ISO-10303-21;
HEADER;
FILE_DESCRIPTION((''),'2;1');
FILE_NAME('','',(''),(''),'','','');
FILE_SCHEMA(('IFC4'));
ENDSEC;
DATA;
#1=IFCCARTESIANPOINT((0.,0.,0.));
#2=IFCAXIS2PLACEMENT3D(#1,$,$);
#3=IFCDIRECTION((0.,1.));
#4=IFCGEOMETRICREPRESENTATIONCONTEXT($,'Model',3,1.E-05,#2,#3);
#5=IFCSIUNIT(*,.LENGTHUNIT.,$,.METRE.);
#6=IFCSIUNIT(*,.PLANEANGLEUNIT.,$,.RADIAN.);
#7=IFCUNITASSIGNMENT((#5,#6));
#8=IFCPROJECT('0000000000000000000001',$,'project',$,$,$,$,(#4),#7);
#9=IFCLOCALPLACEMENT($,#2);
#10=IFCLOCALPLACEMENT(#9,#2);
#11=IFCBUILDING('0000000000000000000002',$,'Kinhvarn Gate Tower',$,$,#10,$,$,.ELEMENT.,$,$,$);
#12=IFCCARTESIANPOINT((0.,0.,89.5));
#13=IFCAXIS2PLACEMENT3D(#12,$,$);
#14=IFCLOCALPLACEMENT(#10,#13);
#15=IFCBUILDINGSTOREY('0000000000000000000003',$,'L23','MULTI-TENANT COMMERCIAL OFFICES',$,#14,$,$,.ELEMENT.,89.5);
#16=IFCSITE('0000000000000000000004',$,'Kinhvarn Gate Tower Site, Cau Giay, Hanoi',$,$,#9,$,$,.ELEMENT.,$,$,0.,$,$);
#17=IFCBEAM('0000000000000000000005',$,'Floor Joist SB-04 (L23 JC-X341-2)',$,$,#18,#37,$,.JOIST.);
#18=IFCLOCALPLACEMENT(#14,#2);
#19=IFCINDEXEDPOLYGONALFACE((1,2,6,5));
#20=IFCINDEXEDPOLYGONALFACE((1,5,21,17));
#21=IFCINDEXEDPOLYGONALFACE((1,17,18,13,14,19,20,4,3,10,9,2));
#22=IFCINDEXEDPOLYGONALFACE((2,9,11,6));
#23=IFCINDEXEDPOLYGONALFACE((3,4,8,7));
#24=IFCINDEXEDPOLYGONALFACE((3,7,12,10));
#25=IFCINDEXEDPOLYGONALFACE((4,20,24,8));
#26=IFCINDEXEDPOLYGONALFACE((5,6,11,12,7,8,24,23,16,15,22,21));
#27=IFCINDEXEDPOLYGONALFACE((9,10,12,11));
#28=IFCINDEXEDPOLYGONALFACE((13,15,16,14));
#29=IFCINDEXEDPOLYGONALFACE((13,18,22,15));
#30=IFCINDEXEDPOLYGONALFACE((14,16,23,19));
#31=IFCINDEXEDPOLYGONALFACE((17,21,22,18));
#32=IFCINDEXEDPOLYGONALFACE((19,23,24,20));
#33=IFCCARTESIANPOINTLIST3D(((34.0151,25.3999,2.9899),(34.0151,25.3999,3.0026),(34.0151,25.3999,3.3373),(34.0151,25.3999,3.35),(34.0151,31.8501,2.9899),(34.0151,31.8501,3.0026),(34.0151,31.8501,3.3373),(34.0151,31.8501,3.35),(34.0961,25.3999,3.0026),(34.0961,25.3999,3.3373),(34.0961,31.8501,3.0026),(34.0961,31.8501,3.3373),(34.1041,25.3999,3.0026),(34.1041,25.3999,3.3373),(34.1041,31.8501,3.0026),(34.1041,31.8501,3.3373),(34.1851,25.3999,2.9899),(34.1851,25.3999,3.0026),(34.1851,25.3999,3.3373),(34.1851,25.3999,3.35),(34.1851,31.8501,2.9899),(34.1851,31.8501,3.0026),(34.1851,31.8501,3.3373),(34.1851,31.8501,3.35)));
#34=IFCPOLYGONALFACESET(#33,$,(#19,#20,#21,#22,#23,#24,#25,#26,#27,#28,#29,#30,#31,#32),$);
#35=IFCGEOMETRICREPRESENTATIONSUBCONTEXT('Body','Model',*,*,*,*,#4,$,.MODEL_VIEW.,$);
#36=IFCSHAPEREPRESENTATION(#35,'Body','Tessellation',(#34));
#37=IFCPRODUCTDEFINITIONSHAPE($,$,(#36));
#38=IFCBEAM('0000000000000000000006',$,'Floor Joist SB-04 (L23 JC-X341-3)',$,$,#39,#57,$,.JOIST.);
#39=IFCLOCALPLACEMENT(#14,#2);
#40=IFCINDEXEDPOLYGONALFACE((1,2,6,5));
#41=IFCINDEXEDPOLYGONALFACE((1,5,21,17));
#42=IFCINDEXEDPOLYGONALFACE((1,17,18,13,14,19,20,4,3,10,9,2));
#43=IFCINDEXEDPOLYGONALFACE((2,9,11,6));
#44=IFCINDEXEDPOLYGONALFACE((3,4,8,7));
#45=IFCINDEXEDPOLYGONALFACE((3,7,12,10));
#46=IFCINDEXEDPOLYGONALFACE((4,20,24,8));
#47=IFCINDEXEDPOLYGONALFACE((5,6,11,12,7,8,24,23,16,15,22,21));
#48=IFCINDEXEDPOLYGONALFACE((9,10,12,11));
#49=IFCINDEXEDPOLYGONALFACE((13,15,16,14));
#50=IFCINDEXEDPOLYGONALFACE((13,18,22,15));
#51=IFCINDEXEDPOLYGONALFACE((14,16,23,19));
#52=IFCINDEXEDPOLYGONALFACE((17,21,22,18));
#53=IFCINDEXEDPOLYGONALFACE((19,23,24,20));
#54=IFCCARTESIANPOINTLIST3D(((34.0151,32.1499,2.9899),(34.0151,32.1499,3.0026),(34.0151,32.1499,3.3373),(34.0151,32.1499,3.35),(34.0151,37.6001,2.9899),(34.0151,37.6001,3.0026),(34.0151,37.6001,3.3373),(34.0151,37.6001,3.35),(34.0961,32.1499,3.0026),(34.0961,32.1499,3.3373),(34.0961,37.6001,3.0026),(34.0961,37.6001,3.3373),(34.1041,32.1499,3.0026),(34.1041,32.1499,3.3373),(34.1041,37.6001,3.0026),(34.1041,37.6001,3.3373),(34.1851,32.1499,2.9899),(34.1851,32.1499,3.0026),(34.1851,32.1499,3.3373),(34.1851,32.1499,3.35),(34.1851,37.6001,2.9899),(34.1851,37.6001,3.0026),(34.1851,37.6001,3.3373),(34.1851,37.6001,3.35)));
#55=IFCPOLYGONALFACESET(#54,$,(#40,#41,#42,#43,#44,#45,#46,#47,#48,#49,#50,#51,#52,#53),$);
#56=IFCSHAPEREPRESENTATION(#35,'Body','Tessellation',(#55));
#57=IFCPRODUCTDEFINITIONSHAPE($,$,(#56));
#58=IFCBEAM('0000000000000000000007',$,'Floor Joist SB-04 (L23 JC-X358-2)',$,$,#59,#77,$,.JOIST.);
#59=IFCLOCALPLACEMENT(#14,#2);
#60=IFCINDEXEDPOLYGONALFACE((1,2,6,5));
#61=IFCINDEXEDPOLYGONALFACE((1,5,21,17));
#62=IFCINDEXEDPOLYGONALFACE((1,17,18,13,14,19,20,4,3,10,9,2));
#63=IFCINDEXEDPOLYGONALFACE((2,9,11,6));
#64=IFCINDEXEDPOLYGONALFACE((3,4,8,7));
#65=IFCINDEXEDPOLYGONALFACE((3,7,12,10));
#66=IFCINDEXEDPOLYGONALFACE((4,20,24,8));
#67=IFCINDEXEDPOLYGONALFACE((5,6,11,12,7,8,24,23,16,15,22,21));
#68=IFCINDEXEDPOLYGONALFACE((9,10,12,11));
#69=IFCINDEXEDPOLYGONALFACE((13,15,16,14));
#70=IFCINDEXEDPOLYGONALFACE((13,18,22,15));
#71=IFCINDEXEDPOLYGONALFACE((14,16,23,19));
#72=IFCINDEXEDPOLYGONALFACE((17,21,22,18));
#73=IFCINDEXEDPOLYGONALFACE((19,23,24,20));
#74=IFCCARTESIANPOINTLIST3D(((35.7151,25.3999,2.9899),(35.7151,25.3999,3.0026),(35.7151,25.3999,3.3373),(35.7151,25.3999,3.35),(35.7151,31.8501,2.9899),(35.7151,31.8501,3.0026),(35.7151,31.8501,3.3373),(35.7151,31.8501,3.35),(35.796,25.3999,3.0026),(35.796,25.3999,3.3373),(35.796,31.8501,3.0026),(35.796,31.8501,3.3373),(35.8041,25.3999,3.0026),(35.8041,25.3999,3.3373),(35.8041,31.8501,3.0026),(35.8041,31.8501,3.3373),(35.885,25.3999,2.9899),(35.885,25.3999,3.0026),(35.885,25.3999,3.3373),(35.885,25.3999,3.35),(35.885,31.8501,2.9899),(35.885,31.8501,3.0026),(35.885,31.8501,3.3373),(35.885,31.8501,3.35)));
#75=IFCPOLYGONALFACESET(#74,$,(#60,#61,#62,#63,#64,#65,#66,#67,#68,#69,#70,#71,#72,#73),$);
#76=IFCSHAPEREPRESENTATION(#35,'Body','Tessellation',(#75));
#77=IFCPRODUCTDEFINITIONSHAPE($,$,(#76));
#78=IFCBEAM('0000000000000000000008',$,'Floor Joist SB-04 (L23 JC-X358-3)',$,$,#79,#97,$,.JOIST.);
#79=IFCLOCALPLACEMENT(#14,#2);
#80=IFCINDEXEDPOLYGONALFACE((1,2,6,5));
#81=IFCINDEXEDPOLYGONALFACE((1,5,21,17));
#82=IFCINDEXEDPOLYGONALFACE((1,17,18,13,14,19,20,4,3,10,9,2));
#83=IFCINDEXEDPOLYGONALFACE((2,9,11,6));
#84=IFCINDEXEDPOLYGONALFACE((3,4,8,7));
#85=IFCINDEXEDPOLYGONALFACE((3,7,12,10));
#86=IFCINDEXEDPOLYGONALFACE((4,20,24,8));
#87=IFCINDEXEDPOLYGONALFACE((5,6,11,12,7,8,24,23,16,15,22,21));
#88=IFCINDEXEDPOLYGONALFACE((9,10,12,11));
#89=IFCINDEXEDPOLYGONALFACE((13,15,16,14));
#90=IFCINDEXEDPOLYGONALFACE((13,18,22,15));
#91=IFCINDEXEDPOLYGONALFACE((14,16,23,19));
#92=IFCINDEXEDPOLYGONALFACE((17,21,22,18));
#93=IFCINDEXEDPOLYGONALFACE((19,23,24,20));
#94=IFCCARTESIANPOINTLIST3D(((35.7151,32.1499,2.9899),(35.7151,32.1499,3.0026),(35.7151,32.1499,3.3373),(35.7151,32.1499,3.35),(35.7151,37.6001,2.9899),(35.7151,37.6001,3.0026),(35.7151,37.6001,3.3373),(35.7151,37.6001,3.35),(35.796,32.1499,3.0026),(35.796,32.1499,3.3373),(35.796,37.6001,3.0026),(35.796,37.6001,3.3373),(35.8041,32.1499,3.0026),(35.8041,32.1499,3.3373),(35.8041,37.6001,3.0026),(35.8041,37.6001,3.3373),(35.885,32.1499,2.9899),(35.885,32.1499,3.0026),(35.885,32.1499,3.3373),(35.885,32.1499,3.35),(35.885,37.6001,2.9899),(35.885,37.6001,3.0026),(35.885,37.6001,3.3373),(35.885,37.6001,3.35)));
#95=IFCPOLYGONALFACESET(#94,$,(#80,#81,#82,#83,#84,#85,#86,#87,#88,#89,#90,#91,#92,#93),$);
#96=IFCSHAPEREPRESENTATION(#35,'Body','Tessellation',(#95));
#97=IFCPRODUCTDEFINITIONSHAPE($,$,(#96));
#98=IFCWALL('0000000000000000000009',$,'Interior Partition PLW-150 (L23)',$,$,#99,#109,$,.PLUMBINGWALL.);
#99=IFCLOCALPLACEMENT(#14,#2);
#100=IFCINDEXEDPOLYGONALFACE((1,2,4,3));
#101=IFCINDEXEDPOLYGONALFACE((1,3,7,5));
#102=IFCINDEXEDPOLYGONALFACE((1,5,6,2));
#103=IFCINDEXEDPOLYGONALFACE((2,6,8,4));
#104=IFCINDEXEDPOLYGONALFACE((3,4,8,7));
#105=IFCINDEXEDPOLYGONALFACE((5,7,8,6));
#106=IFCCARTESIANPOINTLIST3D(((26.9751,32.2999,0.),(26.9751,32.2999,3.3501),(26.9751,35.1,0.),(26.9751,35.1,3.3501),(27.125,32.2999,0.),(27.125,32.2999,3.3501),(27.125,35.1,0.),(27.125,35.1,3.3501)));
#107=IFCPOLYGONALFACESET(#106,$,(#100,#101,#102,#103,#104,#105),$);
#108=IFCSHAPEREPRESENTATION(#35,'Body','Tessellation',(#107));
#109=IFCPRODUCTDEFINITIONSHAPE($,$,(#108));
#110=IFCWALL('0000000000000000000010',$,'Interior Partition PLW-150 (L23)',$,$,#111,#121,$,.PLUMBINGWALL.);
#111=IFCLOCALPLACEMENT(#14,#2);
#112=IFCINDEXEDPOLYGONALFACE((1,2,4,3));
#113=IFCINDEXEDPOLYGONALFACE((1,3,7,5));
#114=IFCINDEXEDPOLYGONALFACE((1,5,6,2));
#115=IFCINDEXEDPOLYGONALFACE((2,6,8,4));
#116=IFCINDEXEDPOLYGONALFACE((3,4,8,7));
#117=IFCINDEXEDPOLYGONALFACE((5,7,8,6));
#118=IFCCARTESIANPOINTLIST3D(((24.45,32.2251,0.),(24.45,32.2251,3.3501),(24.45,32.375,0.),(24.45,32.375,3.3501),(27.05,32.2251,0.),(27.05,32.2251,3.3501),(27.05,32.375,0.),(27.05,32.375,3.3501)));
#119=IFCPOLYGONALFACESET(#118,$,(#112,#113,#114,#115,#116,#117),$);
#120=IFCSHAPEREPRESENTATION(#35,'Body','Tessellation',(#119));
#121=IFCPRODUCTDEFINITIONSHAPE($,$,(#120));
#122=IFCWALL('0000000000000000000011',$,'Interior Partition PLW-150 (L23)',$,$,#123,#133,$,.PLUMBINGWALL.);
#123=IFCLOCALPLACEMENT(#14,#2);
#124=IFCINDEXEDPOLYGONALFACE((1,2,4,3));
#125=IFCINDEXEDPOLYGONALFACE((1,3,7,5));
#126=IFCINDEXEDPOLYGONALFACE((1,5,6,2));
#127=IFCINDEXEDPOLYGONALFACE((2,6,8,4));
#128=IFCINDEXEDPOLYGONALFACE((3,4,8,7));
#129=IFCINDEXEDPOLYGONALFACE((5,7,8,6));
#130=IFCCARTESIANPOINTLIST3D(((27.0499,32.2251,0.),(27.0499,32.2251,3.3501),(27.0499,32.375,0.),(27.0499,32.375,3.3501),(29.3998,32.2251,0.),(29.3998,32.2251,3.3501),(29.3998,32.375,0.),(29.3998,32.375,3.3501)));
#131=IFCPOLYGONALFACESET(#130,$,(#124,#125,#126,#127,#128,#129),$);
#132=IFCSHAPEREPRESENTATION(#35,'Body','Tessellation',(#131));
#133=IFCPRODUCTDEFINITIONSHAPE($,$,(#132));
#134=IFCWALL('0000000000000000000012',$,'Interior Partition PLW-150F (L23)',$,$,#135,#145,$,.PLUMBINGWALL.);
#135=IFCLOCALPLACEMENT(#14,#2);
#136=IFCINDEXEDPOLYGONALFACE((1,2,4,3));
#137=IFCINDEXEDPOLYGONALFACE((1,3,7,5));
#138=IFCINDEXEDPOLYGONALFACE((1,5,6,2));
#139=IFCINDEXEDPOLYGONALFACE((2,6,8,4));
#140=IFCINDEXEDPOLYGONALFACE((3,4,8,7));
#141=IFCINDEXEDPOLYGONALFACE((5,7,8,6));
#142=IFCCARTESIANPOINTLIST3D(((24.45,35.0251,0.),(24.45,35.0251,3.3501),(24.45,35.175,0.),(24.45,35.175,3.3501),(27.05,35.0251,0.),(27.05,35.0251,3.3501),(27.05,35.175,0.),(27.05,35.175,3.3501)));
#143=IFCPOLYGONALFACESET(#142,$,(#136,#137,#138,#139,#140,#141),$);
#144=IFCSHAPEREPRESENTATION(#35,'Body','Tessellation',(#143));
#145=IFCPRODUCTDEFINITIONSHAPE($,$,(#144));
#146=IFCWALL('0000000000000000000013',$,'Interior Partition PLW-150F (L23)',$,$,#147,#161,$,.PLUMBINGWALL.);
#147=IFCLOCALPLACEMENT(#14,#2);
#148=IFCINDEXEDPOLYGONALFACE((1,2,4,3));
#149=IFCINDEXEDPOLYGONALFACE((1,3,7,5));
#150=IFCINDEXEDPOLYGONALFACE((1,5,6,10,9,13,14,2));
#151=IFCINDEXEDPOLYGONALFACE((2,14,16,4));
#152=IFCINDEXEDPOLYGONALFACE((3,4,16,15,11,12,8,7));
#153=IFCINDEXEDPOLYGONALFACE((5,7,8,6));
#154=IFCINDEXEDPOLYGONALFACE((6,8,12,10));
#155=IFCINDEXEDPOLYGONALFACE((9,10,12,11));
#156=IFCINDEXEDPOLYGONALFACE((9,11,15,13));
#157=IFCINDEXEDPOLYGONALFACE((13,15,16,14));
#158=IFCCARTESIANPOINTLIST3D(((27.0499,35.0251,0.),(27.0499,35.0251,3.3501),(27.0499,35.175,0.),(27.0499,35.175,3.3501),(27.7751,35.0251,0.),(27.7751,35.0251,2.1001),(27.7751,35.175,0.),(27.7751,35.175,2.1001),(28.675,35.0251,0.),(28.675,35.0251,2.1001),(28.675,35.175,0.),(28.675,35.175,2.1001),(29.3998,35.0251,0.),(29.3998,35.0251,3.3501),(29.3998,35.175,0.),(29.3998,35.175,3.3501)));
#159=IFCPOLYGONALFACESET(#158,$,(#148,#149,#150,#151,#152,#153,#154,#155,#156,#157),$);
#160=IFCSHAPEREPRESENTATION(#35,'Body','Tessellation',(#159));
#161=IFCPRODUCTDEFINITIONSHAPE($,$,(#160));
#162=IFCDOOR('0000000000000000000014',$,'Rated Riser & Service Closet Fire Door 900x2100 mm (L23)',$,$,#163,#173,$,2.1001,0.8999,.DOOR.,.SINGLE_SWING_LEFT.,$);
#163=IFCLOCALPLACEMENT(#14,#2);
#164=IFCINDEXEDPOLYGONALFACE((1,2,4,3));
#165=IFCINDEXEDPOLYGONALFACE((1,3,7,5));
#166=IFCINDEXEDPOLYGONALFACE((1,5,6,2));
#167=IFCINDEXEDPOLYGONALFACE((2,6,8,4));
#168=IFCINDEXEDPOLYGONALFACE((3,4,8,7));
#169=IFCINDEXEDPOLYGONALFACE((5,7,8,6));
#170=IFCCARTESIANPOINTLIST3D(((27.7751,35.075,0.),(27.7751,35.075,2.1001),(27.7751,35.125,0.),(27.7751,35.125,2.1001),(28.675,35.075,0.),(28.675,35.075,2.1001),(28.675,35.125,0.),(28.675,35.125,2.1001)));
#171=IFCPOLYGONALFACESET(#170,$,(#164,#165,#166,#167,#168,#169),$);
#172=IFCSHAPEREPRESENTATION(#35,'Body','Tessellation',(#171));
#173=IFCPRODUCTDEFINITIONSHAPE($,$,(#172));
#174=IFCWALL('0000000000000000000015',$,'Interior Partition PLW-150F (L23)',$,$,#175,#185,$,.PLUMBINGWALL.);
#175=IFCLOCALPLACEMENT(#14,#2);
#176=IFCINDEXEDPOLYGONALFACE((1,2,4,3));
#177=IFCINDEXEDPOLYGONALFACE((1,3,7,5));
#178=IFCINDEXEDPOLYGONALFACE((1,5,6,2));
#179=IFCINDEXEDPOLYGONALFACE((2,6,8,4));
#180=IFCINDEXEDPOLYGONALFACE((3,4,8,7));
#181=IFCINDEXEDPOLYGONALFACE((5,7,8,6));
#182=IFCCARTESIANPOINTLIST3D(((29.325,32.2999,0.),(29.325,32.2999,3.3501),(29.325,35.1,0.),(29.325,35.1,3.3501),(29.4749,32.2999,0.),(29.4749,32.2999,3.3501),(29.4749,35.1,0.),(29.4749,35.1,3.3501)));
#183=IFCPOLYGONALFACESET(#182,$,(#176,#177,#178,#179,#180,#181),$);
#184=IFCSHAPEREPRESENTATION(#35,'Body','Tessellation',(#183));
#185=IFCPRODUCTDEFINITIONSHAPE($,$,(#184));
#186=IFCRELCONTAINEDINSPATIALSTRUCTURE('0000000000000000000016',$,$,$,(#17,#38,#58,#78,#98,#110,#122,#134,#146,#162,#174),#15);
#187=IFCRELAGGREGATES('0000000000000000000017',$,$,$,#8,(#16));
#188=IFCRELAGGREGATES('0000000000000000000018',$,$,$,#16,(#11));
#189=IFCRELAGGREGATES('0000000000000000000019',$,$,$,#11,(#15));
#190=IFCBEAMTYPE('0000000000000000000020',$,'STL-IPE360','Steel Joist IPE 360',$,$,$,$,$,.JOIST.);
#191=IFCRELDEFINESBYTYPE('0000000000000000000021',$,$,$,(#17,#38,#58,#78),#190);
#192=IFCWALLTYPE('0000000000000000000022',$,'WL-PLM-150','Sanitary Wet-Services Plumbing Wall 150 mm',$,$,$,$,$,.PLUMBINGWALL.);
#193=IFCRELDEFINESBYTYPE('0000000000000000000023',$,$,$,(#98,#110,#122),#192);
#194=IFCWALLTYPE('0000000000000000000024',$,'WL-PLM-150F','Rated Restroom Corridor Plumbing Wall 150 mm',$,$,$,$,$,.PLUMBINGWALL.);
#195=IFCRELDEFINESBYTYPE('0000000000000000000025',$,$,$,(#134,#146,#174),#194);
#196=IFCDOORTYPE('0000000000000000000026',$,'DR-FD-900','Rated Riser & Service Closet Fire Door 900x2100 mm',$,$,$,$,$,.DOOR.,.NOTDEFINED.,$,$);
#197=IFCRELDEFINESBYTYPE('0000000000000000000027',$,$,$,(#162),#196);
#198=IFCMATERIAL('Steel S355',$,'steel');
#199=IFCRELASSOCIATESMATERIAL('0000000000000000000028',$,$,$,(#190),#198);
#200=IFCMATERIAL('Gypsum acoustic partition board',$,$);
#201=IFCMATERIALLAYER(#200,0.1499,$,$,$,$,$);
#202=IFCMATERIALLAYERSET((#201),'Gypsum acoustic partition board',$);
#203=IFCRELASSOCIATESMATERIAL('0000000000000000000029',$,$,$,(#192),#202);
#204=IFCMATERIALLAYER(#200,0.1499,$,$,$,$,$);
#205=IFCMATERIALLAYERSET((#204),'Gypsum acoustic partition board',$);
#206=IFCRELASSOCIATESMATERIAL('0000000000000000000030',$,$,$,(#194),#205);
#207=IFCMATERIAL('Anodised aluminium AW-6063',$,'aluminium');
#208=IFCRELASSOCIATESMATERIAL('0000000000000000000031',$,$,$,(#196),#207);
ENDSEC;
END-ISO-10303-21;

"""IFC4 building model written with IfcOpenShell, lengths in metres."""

from ifc_helpers import new_model, si_unit, direction, frame, frame_2d, origin, origin_2d, place, context, subcontext, project, spatial, rectangle, i_section, extrude, material, layer, layer_set, material_profile, profile_set, type_object, element, fill, save


model = new_model("IFC4")

# Units and contexts
model_context = context("Model", 3, precision=1e-05, world=origin(), true_north=direction((0.0, 1.0)))
body_context = subcontext(model_context, "Body", "Model", "MODEL_VIEW")
ifc_project = project(units=[si_unit("LENGTHUNIT", "METRE"), si_unit("PLANEANGLEUNIT", "RADIAN")], contexts=[model_context])

# Site, building, storey
site_placement = place(None, origin())
site = spatial("IfcSite", under=ifc_project, at=site_placement, Name="Kinhvarn Gate Tower Site, Cau Giay, Hanoi", CompositionType="ELEMENT", RefElevation=0.0)
building_placement = place(site_placement, origin())
building = spatial("IfcBuilding", under=site, at=building_placement, Name="Kinhvarn Gate Tower", CompositionType="ELEMENT")
storey_placement = place(building_placement, frame((0.0, 0.0, 89.5)))
storey = spatial("IfcBuildingStorey", under=building, at=storey_placement, Name="L23", Description="MULTI-TENANT COMMERCIAL OFFICES", CompositionType="ELEMENT", Elevation=89.5)

# Beams
ifc_material_1 = material(Name="Steel S355", Category="steel")
ifc_material_profile_1 = material_profile(ifc_material_1, i_section(OverallWidth=0.1699, OverallDepth=0.3601, WebThickness=0.0081, FlangeThickness=0.0127, at=origin_2d()), Name="IPE 360")
ifc_profile_set_1 = profile_set([ifc_material_profile_1], Name="Steel S355")
beam_type = type_object("IfcBeamType", Name="STL-IPE360", Description="Steel Joist IPE 360", PredefinedType="JOIST", material=ifc_profile_set_1)
beam_1_placement = place(storey_placement, frame((34.1001, 25.3999, 3.1699), z_axis=(0.0, 1.0, 0.0), x_axis=(-1.0, 0.0, 0.0)))
element("IfcBeam", 1, at=beam_1_placement, inside=storey, type_object=beam_type, Name="Floor Joist SB-04 (L23 JC-X341-2)", PredefinedType="JOIST", context=body_context, shape_type="SweptSolid", body=[
    extrude(i_section(OverallWidth=0.1699, OverallDepth=0.3601, WebThickness=0.0081, FlangeThickness=0.0127, at=origin_2d()), origin(), (0.0, 0.0, 1.0), 6.4502),
])
beam_2_placement = place(storey_placement, frame((34.1001, 32.1499, 3.1699), z_axis=(0.0, 1.0, 0.0), x_axis=(-1.0, 0.0, 0.0)))
element("IfcBeam", 2, at=beam_2_placement, inside=storey, type_object=beam_type, Name="Floor Joist SB-04 (L23 JC-X341-3)", PredefinedType="JOIST", context=body_context, shape_type="SweptSolid", body=[
    extrude(i_section(OverallWidth=0.1699, OverallDepth=0.3601, WebThickness=0.0081, FlangeThickness=0.0127, at=origin_2d()), origin(), (0.0, 0.0, 1.0), 5.4502),
])
beam_3_placement = place(storey_placement, frame((35.8, 25.3999, 3.1699), z_axis=(0.0, 1.0, 0.0), x_axis=(-1.0, 0.0, 0.0)))
element("IfcBeam", 3, at=beam_3_placement, inside=storey, type_object=beam_type, Name="Floor Joist SB-04 (L23 JC-X358-2)", PredefinedType="JOIST", context=body_context, shape_type="SweptSolid", body=[
    extrude(i_section(OverallWidth=0.1699, OverallDepth=0.3601, WebThickness=0.0081, FlangeThickness=0.0127, at=origin_2d()), origin(), (0.0, 0.0, 1.0), 6.4502),
])
beam_4_placement = place(storey_placement, frame((35.8, 32.1499, 3.1699), z_axis=(0.0, 1.0, 0.0), x_axis=(-1.0, 0.0, 0.0)))
element("IfcBeam", 4, at=beam_4_placement, inside=storey, type_object=beam_type, Name="Floor Joist SB-04 (L23 JC-X358-3)", PredefinedType="JOIST", context=body_context, shape_type="SweptSolid", body=[
    extrude(i_section(OverallWidth=0.1699, OverallDepth=0.3601, WebThickness=0.0081, FlangeThickness=0.0127, at=origin_2d()), origin(), (0.0, 0.0, 1.0), 5.4502),
])

# Walls
ifc_material_2 = material(Name="Gypsum acoustic partition board")
ifc_layer_1 = layer(ifc_material_2, 0.1499)
ifc_layer_set_1 = layer_set([ifc_layer_1], Name="Gypsum acoustic partition board")
wall_type_1 = type_object("IfcWallType", Name="WL-PLM-150", Description="Sanitary Wet-Services Plumbing Wall 150 mm", PredefinedType="PLUMBINGWALL", material=ifc_layer_set_1)
wall_1_placement = place(storey_placement, frame((27.05, 32.3, 0.0), z_axis=(0.0, 0.0, 1.0), x_axis=(0.0, 1.0, 0.0)))
element("IfcWall", 5, at=wall_1_placement, inside=storey, type_object=wall_type_1, Name="Interior Partition PLW-150 (L23)", PredefinedType="PLUMBINGWALL", context=body_context, shape_type="SweptSolid", body=[
    extrude(rectangle(XDim=2.8, YDim=0.1499, at=frame_2d((1.3999, 0.0))), origin(), (0.0, 0.0, 1.0), 3.3501),
])
wall_2_placement = place(storey_placement, frame((24.45, 32.3, 0.0), z_axis=(0.0, 0.0, 1.0), x_axis=(1.0, 0.0, 0.0)))
element("IfcWall", 6, at=wall_2_placement, inside=storey, type_object=wall_type_1, Name="Interior Partition PLW-150 (L23)", PredefinedType="PLUMBINGWALL", context=body_context, shape_type="SweptSolid", body=[
    extrude(rectangle(XDim=2.6001, YDim=0.1499, at=frame_2d((1.3, 0.0))), origin(), (0.0, 0.0, 1.0), 3.3501),
])
wall_3_placement = place(storey_placement, frame((27.05, 32.3, 0.0), z_axis=(0.0, 0.0, 1.0), x_axis=(1.0, 0.0, 0.0)))
element("IfcWall", 7, at=wall_3_placement, inside=storey, type_object=wall_type_1, Name="Interior Partition PLW-150 (L23)", PredefinedType="PLUMBINGWALL", context=body_context, shape_type="SweptSolid", body=[
    extrude(rectangle(XDim=2.3499, YDim=0.1499, at=frame_2d((1.1748, 0.0))), origin(), (0.0, 0.0, 1.0), 3.3501),
])
ifc_layer_2 = layer(ifc_material_2, 0.1499)
ifc_layer_set_2 = layer_set([ifc_layer_2], Name="Gypsum acoustic partition board")
wall_type_2 = type_object("IfcWallType", Name="WL-PLM-150F", Description="Rated Restroom Corridor Plumbing Wall 150 mm", PredefinedType="PLUMBINGWALL", material=ifc_layer_set_2)
wall_4_placement = place(storey_placement, frame((24.45, 35.1001, 0.0), z_axis=(0.0, 0.0, 1.0), x_axis=(1.0, 0.0, 0.0)))
element("IfcWall", 8, at=wall_4_placement, inside=storey, type_object=wall_type_2, Name="Interior Partition PLW-150F (L23)", PredefinedType="PLUMBINGWALL", context=body_context, shape_type="SweptSolid", body=[
    extrude(rectangle(XDim=2.6001, YDim=0.1499, at=frame_2d((1.3, 0.0))), origin(), (0.0, 0.0, 1.0), 3.3501),
])

# Wall, opening, door
wall_5_placement = place(storey_placement, frame((27.05, 35.1001, 0.0), z_axis=(0.0, 0.0, 1.0), x_axis=(1.0, 0.0, 0.0)))
wall_5 = element("IfcWall", 9, at=wall_5_placement, inside=storey, type_object=wall_type_2, Name="Interior Partition PLW-150F (L23)", PredefinedType="PLUMBINGWALL", context=body_context, shape_type="SweptSolid", body=[
    extrude(rectangle(XDim=2.3499, YDim=0.1499, at=frame_2d((1.1748, 0.0))), origin(), (0.0, 0.0, 1.0), 3.3501),
])
opening_1_placement = place(wall_5_placement, frame((0.7251, 0.0, 0.0)))
opening_1 = element("IfcOpeningElement", 10, at=opening_1_placement, cuts=wall_5, PredefinedType="OPENING", context=body_context, shape_type="SweptSolid", body=[
    extrude(rectangle(XDim=0.8999, YDim=2.1001, at=frame_2d((0.45, 1.05))), frame((0.0, 0.085, 0.0), z_axis=(0.0, -1.0, 0.0), x_axis=(1.0, 0.0, 0.0)), (0.0, 0.0, 1.0), 0.1699),
])
ifc_material_3 = material(Name="Anodised aluminium AW-6063", Category="aluminium")
door_type_1 = type_object("IfcDoorType", Name="DR-FD-900", Description="Rated Riser & Service Closet Fire Door 900x2100 mm", OperationType="NOTDEFINED", PredefinedType="DOOR", material=ifc_material_3)
door_1_placement = place(opening_1_placement, origin())
door_1 = element("IfcDoor", 11, at=door_1_placement, inside=storey, type_object=door_type_1, Name="Rated Riser & Service Closet Fire Door 900x2100 mm (L23)", OperationType="SINGLE_SWING_LEFT", OverallHeight=2.1001, OverallWidth=0.8999, PredefinedType="DOOR", context=body_context, shape_type="SweptSolid", body=[
    extrude(rectangle(XDim=0.8999, YDim=2.1001, at=frame_2d((0.45, 1.05))), frame((0.0, 0.0249, 0.0), z_axis=(0.0, -1.0, 0.0), x_axis=(1.0, 0.0, 0.0)), (0.0, 0.0, 1.0), 0.05),
])
fill(opening_1, door_1)

# Wall
wall_6_placement = place(storey_placement, frame((29.3999, 32.3, 0.0), z_axis=(0.0, 0.0, 1.0), x_axis=(0.0, 1.0, 0.0)))
element("IfcWall", 12, at=wall_6_placement, inside=storey, type_object=wall_type_2, Name="Interior Partition PLW-150F (L23)", PredefinedType="PLUMBINGWALL", context=body_context, shape_type="SweptSolid", body=[
    extrude(rectangle(XDim=2.8, YDim=0.1499, at=frame_2d((1.3999, 0.0))), origin(), (0.0, 0.0, 1.0), 3.3501),
])

save(model, "model.ifc")
